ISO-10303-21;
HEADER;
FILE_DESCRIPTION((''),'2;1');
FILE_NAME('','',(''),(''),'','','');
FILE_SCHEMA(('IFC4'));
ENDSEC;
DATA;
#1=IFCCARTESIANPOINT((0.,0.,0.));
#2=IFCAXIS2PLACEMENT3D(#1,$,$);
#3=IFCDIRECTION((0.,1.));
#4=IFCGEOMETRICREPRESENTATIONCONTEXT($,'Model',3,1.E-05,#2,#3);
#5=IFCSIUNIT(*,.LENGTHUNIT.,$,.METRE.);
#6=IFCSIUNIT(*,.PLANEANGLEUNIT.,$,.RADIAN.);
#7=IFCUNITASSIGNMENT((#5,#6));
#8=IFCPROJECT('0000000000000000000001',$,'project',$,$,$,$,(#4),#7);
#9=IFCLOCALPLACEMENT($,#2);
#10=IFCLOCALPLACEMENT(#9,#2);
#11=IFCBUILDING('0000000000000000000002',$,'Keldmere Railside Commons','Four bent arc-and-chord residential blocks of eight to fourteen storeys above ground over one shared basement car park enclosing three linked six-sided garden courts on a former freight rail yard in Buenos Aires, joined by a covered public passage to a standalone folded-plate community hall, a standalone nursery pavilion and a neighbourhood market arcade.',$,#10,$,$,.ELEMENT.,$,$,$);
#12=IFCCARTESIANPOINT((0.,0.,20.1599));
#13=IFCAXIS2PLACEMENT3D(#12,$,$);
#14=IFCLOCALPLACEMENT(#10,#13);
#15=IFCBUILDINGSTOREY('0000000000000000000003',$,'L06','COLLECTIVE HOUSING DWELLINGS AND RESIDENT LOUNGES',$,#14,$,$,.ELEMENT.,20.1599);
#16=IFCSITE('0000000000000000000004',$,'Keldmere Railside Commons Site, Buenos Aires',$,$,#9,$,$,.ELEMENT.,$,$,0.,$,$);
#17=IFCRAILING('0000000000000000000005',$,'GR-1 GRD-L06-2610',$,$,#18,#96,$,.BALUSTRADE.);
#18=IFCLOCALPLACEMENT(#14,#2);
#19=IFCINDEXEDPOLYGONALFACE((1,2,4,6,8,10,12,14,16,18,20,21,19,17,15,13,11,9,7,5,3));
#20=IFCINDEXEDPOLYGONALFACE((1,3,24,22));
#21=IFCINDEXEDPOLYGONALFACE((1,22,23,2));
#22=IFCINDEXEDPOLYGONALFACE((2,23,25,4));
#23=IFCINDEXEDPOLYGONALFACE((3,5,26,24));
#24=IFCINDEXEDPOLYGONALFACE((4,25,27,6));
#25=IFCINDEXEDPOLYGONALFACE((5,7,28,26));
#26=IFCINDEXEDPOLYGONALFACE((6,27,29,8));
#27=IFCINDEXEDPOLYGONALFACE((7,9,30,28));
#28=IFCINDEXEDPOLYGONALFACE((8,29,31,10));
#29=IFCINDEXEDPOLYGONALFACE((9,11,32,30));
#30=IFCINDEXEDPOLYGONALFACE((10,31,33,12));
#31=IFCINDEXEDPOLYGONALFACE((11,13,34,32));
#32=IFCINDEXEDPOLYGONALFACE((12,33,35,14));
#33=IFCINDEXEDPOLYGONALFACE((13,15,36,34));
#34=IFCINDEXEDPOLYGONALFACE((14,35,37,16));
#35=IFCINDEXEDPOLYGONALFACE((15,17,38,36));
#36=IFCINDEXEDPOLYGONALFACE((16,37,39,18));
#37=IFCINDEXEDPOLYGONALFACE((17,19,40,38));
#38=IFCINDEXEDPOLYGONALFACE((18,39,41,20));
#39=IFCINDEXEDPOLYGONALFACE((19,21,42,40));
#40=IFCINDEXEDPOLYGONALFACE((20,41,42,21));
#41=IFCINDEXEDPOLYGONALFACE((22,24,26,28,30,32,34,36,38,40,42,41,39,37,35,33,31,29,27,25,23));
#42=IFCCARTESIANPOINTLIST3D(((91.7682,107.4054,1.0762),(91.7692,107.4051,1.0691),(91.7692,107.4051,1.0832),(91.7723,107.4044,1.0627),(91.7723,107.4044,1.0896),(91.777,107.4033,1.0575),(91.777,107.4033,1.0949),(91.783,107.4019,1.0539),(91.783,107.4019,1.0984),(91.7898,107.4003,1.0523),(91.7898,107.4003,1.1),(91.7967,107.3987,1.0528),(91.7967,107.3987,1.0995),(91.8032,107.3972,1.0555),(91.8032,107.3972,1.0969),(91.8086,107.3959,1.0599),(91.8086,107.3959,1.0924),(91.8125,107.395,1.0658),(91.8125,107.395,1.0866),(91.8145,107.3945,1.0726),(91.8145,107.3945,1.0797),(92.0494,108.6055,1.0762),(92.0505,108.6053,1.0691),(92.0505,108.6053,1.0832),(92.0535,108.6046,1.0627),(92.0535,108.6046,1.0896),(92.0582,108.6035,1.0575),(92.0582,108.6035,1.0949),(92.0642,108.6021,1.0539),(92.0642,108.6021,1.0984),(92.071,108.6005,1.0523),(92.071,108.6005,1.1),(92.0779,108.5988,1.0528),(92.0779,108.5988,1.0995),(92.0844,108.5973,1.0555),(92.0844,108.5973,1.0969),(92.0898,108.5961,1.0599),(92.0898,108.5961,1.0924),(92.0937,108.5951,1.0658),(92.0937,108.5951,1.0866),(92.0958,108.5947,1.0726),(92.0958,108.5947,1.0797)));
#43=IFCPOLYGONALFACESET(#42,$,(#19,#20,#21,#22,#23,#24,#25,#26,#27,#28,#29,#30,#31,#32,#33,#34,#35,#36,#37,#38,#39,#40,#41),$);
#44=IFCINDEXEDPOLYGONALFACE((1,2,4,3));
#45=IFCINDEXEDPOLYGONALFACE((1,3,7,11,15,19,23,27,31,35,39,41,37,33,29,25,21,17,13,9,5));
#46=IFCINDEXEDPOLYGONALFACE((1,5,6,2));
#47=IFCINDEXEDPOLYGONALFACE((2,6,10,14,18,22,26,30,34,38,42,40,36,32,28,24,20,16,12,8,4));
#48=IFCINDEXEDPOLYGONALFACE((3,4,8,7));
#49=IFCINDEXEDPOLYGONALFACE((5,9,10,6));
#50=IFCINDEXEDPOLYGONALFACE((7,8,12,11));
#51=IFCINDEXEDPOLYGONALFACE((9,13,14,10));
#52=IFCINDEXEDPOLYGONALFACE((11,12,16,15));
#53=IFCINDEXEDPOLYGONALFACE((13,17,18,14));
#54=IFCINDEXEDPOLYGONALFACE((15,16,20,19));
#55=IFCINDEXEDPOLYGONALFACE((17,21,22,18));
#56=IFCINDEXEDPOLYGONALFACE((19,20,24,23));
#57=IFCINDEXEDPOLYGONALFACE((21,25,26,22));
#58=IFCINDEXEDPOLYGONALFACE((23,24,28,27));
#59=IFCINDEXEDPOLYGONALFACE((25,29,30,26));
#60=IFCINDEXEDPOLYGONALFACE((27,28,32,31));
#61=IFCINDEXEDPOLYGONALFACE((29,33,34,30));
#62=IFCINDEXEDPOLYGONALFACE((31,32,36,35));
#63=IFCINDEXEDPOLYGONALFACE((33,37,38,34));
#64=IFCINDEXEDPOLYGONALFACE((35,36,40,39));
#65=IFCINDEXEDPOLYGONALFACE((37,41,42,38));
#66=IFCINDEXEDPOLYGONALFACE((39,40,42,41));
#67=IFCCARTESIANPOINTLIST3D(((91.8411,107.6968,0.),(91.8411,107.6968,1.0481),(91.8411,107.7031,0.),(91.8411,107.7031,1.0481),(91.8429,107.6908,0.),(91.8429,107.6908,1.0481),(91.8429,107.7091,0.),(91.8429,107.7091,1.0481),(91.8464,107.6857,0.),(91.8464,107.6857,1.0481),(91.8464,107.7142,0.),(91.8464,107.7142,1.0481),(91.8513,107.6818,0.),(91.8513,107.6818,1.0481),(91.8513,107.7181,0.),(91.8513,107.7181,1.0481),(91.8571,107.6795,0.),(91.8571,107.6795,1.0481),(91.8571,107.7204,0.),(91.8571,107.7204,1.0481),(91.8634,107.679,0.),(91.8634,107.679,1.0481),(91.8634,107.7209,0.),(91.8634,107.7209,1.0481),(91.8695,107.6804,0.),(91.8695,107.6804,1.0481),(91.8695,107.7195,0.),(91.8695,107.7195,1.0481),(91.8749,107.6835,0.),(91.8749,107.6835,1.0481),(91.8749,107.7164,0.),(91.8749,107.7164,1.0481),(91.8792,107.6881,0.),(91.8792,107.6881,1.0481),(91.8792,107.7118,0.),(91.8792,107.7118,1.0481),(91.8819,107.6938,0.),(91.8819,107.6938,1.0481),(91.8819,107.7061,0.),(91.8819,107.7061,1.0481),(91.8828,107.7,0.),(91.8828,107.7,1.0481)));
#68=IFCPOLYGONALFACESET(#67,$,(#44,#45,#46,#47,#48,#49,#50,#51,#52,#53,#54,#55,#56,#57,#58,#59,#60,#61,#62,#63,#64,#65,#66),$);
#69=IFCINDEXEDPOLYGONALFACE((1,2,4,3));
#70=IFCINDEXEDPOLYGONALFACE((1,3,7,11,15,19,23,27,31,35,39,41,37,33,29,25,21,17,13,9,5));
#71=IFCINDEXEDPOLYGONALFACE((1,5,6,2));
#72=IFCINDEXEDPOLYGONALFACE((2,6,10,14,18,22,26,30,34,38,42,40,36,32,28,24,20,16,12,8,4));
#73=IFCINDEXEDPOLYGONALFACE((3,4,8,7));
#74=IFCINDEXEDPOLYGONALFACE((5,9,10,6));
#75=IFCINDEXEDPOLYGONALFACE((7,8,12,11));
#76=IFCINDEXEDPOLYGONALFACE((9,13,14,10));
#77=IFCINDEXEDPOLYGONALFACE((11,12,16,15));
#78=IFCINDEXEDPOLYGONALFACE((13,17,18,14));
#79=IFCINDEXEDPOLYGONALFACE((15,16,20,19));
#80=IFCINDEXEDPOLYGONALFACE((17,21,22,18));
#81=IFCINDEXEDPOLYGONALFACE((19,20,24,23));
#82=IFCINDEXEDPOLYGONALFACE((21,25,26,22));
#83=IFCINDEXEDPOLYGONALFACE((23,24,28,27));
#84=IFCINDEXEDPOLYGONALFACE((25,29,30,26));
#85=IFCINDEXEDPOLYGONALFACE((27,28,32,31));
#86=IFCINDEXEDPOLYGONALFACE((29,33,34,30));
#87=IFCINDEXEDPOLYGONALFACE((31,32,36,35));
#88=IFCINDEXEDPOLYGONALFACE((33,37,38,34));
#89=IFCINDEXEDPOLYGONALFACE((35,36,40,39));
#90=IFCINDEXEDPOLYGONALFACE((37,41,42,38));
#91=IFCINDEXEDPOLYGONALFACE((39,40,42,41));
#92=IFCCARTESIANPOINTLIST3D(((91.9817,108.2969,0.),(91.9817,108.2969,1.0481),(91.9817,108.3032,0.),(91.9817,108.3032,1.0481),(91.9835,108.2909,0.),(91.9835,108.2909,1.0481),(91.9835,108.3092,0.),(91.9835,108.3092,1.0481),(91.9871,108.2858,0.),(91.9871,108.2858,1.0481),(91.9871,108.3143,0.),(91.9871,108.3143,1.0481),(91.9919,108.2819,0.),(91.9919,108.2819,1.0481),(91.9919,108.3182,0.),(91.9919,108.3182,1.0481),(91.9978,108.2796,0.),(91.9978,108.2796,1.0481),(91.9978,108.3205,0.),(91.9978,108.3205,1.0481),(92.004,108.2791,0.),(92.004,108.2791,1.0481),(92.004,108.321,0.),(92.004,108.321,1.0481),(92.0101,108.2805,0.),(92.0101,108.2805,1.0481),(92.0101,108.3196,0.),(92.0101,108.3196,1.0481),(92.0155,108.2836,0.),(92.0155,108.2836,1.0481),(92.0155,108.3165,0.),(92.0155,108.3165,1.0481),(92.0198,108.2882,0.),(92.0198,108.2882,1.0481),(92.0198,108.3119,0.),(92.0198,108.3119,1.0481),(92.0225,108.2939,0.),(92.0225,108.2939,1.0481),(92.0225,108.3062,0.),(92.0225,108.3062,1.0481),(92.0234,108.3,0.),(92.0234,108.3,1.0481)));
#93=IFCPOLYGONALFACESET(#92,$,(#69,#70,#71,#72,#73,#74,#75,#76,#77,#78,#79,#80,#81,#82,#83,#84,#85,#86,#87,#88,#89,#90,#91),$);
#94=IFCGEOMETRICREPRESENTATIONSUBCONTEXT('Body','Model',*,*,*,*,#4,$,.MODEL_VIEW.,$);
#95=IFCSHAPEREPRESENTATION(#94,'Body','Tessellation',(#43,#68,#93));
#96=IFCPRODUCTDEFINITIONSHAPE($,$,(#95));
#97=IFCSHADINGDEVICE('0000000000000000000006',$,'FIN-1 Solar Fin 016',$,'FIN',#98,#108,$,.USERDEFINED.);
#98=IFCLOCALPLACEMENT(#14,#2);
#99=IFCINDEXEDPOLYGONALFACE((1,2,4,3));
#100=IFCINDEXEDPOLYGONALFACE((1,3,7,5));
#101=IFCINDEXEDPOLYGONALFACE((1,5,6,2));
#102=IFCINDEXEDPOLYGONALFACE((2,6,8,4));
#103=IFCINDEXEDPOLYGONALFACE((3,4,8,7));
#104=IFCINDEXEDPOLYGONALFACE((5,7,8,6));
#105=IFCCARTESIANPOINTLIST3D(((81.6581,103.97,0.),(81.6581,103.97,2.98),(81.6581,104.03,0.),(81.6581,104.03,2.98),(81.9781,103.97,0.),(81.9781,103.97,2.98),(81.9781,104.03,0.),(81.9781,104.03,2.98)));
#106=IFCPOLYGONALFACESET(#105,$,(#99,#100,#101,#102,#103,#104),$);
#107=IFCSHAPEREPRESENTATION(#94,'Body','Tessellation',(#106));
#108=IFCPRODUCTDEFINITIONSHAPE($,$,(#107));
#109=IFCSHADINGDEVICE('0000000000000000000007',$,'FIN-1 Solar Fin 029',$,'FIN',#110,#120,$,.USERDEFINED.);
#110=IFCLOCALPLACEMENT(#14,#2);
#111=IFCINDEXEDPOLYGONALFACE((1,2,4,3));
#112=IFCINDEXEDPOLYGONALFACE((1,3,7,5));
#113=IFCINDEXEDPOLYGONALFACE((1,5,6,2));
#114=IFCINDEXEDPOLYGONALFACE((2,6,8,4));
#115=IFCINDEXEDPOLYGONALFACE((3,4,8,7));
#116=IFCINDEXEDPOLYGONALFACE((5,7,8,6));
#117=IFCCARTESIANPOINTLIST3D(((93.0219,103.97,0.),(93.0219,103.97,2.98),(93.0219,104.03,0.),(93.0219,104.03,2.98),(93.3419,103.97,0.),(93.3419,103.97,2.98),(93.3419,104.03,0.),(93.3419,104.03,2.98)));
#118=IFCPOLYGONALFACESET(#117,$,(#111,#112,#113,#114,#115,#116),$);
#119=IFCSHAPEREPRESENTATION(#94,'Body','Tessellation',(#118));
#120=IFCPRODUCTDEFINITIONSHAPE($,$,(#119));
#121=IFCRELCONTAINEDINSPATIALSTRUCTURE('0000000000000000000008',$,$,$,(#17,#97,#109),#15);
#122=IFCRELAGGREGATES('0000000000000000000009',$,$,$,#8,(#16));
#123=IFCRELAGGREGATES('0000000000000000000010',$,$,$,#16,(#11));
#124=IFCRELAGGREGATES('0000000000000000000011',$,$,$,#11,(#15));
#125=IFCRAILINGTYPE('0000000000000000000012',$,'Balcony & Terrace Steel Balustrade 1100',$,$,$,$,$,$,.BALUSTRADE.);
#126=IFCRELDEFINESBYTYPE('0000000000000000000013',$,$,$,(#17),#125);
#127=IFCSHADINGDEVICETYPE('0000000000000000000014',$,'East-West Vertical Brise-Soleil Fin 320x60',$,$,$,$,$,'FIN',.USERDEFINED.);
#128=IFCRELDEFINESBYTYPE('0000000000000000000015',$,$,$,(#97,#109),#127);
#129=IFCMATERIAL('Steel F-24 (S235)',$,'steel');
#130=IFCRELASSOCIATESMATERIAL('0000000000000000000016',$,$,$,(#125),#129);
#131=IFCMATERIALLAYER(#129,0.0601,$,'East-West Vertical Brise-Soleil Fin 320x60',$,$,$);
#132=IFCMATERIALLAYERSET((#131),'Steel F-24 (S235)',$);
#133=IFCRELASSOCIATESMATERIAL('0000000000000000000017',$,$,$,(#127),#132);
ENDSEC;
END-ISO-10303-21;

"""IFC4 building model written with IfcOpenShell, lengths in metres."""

from ifc_helpers import new_model, si_unit, direction, frame, origin, origin_2d, place, context, subcontext, project, spatial, rectangle, circle, extrude, material, layer, layer_set, type_object, element, save


model = new_model("IFC4")

# Units and contexts
model_context = context("Model", 3, precision=1e-05, world=origin(), true_north=direction((0.0, 1.0)))
body_context = subcontext(model_context, "Body", "Model", "MODEL_VIEW")
ifc_project = project(units=[si_unit("LENGTHUNIT", "METRE"), si_unit("PLANEANGLEUNIT", "RADIAN")], contexts=[model_context])

# Site, building, storey
site_placement = place(None, origin())
site = spatial("IfcSite", under=ifc_project, at=site_placement, Name="Keldmere Railside Commons Site, Buenos Aires", CompositionType="ELEMENT", RefElevation=0.0)
building_placement = place(site_placement, origin())
building = spatial("IfcBuilding", under=site, at=building_placement, Name="Keldmere Railside Commons", Description="Four bent arc-and-chord residential blocks of eight to fourteen storeys above ground over one shared basement car park enclosing three linked six-sided garden courts on a former freight rail yard in Buenos Aires, joined by a covered public passage to a standalone folded-plate community hall, a standalone nursery pavilion and a neighbourhood market arcade.", CompositionType="ELEMENT")
storey_placement = place(building_placement, frame((0.0, 0.0, 20.1599)))
storey = spatial("IfcBuildingStorey", under=building, at=storey_placement, Name="L06", Description="COLLECTIVE HOUSING DWELLINGS AND RESIDENT LOUNGES", CompositionType="ELEMENT", Elevation=20.1599)

# Railing
ifc_material_1 = material(Name="Steel F-24 (S235)", Category="steel")
railing_type = type_object("IfcRailingType", Name="Balcony & Terrace Steel Balustrade 1100", PredefinedType="BALUSTRADE", material=ifc_material_1)
railing_1_placement = place(storey_placement, frame((91.7915, 107.3999, 0.0)))
element("IfcRailing", 1, at=railing_1_placement, inside=storey, type_object=railing_type, Name="GR-1 GRD-L06-2610", PredefinedType="BALUSTRADE", context=body_context, shape_type="SweptSolid", body=[
    extrude(circle(Radius=0.0239, at=origin_2d()), frame((0.0, 0.0, 1.0762), z_axis=(0.228156, 0.973625, 0.0), x_axis=(-0.973625, 0.228156, 0.0)), (0.0, 0.0, 1.0), 1.2327),
    extrude(circle(Radius=0.021, at=origin_2d()), frame((0.0703, 0.3, 0.0)), (0.0, 0.0, 1.0), 1.0481),
    extrude(circle(Radius=0.021, at=origin_2d()), frame((0.2109, 0.9001, 0.0)), (0.0, 0.0, 1.0), 1.0481),
])

# Shading devices
ifc_layer_1 = layer(ifc_material_1, 0.0601, Name="East-West Vertical Brise-Soleil Fin 320x60")
ifc_layer_set_1 = layer_set([ifc_layer_1], Name="Steel F-24 (S235)")
shading_device_type = type_object("IfcShadingDeviceType", Name="East-West Vertical Brise-Soleil Fin 320x60", ElementType="FIN", PredefinedType="USERDEFINED", material=ifc_layer_set_1)
for number, where, z_axis, x_axis, name in (
    (2, (81.8181, 104.0, 0.0), (0.0, 0.0, 1.0), (1.0, 0.0, 0.0), "FIN-1 Solar Fin 016"),
    (3, (93.1819, 104.0, 0.0), (0.0, 0.0, 1.0), (1.0, 0.0, 0.0), "FIN-1 Solar Fin 029"),
):
    element("IfcShadingDevice", number, at=place(storey_placement, frame(where, z_axis=z_axis, x_axis=x_axis)), inside=storey, type_object=shading_device_type, Name=name, ObjectType="FIN", PredefinedType="USERDEFINED", context=body_context, shape_type="SweptSolid", body=[
        extrude(rectangle(XDim=0.3201, YDim=0.0601, at=origin_2d()), origin(), (0.0, 0.0, 1.0), 2.98),
    ])

save(model, "model.ifc")
